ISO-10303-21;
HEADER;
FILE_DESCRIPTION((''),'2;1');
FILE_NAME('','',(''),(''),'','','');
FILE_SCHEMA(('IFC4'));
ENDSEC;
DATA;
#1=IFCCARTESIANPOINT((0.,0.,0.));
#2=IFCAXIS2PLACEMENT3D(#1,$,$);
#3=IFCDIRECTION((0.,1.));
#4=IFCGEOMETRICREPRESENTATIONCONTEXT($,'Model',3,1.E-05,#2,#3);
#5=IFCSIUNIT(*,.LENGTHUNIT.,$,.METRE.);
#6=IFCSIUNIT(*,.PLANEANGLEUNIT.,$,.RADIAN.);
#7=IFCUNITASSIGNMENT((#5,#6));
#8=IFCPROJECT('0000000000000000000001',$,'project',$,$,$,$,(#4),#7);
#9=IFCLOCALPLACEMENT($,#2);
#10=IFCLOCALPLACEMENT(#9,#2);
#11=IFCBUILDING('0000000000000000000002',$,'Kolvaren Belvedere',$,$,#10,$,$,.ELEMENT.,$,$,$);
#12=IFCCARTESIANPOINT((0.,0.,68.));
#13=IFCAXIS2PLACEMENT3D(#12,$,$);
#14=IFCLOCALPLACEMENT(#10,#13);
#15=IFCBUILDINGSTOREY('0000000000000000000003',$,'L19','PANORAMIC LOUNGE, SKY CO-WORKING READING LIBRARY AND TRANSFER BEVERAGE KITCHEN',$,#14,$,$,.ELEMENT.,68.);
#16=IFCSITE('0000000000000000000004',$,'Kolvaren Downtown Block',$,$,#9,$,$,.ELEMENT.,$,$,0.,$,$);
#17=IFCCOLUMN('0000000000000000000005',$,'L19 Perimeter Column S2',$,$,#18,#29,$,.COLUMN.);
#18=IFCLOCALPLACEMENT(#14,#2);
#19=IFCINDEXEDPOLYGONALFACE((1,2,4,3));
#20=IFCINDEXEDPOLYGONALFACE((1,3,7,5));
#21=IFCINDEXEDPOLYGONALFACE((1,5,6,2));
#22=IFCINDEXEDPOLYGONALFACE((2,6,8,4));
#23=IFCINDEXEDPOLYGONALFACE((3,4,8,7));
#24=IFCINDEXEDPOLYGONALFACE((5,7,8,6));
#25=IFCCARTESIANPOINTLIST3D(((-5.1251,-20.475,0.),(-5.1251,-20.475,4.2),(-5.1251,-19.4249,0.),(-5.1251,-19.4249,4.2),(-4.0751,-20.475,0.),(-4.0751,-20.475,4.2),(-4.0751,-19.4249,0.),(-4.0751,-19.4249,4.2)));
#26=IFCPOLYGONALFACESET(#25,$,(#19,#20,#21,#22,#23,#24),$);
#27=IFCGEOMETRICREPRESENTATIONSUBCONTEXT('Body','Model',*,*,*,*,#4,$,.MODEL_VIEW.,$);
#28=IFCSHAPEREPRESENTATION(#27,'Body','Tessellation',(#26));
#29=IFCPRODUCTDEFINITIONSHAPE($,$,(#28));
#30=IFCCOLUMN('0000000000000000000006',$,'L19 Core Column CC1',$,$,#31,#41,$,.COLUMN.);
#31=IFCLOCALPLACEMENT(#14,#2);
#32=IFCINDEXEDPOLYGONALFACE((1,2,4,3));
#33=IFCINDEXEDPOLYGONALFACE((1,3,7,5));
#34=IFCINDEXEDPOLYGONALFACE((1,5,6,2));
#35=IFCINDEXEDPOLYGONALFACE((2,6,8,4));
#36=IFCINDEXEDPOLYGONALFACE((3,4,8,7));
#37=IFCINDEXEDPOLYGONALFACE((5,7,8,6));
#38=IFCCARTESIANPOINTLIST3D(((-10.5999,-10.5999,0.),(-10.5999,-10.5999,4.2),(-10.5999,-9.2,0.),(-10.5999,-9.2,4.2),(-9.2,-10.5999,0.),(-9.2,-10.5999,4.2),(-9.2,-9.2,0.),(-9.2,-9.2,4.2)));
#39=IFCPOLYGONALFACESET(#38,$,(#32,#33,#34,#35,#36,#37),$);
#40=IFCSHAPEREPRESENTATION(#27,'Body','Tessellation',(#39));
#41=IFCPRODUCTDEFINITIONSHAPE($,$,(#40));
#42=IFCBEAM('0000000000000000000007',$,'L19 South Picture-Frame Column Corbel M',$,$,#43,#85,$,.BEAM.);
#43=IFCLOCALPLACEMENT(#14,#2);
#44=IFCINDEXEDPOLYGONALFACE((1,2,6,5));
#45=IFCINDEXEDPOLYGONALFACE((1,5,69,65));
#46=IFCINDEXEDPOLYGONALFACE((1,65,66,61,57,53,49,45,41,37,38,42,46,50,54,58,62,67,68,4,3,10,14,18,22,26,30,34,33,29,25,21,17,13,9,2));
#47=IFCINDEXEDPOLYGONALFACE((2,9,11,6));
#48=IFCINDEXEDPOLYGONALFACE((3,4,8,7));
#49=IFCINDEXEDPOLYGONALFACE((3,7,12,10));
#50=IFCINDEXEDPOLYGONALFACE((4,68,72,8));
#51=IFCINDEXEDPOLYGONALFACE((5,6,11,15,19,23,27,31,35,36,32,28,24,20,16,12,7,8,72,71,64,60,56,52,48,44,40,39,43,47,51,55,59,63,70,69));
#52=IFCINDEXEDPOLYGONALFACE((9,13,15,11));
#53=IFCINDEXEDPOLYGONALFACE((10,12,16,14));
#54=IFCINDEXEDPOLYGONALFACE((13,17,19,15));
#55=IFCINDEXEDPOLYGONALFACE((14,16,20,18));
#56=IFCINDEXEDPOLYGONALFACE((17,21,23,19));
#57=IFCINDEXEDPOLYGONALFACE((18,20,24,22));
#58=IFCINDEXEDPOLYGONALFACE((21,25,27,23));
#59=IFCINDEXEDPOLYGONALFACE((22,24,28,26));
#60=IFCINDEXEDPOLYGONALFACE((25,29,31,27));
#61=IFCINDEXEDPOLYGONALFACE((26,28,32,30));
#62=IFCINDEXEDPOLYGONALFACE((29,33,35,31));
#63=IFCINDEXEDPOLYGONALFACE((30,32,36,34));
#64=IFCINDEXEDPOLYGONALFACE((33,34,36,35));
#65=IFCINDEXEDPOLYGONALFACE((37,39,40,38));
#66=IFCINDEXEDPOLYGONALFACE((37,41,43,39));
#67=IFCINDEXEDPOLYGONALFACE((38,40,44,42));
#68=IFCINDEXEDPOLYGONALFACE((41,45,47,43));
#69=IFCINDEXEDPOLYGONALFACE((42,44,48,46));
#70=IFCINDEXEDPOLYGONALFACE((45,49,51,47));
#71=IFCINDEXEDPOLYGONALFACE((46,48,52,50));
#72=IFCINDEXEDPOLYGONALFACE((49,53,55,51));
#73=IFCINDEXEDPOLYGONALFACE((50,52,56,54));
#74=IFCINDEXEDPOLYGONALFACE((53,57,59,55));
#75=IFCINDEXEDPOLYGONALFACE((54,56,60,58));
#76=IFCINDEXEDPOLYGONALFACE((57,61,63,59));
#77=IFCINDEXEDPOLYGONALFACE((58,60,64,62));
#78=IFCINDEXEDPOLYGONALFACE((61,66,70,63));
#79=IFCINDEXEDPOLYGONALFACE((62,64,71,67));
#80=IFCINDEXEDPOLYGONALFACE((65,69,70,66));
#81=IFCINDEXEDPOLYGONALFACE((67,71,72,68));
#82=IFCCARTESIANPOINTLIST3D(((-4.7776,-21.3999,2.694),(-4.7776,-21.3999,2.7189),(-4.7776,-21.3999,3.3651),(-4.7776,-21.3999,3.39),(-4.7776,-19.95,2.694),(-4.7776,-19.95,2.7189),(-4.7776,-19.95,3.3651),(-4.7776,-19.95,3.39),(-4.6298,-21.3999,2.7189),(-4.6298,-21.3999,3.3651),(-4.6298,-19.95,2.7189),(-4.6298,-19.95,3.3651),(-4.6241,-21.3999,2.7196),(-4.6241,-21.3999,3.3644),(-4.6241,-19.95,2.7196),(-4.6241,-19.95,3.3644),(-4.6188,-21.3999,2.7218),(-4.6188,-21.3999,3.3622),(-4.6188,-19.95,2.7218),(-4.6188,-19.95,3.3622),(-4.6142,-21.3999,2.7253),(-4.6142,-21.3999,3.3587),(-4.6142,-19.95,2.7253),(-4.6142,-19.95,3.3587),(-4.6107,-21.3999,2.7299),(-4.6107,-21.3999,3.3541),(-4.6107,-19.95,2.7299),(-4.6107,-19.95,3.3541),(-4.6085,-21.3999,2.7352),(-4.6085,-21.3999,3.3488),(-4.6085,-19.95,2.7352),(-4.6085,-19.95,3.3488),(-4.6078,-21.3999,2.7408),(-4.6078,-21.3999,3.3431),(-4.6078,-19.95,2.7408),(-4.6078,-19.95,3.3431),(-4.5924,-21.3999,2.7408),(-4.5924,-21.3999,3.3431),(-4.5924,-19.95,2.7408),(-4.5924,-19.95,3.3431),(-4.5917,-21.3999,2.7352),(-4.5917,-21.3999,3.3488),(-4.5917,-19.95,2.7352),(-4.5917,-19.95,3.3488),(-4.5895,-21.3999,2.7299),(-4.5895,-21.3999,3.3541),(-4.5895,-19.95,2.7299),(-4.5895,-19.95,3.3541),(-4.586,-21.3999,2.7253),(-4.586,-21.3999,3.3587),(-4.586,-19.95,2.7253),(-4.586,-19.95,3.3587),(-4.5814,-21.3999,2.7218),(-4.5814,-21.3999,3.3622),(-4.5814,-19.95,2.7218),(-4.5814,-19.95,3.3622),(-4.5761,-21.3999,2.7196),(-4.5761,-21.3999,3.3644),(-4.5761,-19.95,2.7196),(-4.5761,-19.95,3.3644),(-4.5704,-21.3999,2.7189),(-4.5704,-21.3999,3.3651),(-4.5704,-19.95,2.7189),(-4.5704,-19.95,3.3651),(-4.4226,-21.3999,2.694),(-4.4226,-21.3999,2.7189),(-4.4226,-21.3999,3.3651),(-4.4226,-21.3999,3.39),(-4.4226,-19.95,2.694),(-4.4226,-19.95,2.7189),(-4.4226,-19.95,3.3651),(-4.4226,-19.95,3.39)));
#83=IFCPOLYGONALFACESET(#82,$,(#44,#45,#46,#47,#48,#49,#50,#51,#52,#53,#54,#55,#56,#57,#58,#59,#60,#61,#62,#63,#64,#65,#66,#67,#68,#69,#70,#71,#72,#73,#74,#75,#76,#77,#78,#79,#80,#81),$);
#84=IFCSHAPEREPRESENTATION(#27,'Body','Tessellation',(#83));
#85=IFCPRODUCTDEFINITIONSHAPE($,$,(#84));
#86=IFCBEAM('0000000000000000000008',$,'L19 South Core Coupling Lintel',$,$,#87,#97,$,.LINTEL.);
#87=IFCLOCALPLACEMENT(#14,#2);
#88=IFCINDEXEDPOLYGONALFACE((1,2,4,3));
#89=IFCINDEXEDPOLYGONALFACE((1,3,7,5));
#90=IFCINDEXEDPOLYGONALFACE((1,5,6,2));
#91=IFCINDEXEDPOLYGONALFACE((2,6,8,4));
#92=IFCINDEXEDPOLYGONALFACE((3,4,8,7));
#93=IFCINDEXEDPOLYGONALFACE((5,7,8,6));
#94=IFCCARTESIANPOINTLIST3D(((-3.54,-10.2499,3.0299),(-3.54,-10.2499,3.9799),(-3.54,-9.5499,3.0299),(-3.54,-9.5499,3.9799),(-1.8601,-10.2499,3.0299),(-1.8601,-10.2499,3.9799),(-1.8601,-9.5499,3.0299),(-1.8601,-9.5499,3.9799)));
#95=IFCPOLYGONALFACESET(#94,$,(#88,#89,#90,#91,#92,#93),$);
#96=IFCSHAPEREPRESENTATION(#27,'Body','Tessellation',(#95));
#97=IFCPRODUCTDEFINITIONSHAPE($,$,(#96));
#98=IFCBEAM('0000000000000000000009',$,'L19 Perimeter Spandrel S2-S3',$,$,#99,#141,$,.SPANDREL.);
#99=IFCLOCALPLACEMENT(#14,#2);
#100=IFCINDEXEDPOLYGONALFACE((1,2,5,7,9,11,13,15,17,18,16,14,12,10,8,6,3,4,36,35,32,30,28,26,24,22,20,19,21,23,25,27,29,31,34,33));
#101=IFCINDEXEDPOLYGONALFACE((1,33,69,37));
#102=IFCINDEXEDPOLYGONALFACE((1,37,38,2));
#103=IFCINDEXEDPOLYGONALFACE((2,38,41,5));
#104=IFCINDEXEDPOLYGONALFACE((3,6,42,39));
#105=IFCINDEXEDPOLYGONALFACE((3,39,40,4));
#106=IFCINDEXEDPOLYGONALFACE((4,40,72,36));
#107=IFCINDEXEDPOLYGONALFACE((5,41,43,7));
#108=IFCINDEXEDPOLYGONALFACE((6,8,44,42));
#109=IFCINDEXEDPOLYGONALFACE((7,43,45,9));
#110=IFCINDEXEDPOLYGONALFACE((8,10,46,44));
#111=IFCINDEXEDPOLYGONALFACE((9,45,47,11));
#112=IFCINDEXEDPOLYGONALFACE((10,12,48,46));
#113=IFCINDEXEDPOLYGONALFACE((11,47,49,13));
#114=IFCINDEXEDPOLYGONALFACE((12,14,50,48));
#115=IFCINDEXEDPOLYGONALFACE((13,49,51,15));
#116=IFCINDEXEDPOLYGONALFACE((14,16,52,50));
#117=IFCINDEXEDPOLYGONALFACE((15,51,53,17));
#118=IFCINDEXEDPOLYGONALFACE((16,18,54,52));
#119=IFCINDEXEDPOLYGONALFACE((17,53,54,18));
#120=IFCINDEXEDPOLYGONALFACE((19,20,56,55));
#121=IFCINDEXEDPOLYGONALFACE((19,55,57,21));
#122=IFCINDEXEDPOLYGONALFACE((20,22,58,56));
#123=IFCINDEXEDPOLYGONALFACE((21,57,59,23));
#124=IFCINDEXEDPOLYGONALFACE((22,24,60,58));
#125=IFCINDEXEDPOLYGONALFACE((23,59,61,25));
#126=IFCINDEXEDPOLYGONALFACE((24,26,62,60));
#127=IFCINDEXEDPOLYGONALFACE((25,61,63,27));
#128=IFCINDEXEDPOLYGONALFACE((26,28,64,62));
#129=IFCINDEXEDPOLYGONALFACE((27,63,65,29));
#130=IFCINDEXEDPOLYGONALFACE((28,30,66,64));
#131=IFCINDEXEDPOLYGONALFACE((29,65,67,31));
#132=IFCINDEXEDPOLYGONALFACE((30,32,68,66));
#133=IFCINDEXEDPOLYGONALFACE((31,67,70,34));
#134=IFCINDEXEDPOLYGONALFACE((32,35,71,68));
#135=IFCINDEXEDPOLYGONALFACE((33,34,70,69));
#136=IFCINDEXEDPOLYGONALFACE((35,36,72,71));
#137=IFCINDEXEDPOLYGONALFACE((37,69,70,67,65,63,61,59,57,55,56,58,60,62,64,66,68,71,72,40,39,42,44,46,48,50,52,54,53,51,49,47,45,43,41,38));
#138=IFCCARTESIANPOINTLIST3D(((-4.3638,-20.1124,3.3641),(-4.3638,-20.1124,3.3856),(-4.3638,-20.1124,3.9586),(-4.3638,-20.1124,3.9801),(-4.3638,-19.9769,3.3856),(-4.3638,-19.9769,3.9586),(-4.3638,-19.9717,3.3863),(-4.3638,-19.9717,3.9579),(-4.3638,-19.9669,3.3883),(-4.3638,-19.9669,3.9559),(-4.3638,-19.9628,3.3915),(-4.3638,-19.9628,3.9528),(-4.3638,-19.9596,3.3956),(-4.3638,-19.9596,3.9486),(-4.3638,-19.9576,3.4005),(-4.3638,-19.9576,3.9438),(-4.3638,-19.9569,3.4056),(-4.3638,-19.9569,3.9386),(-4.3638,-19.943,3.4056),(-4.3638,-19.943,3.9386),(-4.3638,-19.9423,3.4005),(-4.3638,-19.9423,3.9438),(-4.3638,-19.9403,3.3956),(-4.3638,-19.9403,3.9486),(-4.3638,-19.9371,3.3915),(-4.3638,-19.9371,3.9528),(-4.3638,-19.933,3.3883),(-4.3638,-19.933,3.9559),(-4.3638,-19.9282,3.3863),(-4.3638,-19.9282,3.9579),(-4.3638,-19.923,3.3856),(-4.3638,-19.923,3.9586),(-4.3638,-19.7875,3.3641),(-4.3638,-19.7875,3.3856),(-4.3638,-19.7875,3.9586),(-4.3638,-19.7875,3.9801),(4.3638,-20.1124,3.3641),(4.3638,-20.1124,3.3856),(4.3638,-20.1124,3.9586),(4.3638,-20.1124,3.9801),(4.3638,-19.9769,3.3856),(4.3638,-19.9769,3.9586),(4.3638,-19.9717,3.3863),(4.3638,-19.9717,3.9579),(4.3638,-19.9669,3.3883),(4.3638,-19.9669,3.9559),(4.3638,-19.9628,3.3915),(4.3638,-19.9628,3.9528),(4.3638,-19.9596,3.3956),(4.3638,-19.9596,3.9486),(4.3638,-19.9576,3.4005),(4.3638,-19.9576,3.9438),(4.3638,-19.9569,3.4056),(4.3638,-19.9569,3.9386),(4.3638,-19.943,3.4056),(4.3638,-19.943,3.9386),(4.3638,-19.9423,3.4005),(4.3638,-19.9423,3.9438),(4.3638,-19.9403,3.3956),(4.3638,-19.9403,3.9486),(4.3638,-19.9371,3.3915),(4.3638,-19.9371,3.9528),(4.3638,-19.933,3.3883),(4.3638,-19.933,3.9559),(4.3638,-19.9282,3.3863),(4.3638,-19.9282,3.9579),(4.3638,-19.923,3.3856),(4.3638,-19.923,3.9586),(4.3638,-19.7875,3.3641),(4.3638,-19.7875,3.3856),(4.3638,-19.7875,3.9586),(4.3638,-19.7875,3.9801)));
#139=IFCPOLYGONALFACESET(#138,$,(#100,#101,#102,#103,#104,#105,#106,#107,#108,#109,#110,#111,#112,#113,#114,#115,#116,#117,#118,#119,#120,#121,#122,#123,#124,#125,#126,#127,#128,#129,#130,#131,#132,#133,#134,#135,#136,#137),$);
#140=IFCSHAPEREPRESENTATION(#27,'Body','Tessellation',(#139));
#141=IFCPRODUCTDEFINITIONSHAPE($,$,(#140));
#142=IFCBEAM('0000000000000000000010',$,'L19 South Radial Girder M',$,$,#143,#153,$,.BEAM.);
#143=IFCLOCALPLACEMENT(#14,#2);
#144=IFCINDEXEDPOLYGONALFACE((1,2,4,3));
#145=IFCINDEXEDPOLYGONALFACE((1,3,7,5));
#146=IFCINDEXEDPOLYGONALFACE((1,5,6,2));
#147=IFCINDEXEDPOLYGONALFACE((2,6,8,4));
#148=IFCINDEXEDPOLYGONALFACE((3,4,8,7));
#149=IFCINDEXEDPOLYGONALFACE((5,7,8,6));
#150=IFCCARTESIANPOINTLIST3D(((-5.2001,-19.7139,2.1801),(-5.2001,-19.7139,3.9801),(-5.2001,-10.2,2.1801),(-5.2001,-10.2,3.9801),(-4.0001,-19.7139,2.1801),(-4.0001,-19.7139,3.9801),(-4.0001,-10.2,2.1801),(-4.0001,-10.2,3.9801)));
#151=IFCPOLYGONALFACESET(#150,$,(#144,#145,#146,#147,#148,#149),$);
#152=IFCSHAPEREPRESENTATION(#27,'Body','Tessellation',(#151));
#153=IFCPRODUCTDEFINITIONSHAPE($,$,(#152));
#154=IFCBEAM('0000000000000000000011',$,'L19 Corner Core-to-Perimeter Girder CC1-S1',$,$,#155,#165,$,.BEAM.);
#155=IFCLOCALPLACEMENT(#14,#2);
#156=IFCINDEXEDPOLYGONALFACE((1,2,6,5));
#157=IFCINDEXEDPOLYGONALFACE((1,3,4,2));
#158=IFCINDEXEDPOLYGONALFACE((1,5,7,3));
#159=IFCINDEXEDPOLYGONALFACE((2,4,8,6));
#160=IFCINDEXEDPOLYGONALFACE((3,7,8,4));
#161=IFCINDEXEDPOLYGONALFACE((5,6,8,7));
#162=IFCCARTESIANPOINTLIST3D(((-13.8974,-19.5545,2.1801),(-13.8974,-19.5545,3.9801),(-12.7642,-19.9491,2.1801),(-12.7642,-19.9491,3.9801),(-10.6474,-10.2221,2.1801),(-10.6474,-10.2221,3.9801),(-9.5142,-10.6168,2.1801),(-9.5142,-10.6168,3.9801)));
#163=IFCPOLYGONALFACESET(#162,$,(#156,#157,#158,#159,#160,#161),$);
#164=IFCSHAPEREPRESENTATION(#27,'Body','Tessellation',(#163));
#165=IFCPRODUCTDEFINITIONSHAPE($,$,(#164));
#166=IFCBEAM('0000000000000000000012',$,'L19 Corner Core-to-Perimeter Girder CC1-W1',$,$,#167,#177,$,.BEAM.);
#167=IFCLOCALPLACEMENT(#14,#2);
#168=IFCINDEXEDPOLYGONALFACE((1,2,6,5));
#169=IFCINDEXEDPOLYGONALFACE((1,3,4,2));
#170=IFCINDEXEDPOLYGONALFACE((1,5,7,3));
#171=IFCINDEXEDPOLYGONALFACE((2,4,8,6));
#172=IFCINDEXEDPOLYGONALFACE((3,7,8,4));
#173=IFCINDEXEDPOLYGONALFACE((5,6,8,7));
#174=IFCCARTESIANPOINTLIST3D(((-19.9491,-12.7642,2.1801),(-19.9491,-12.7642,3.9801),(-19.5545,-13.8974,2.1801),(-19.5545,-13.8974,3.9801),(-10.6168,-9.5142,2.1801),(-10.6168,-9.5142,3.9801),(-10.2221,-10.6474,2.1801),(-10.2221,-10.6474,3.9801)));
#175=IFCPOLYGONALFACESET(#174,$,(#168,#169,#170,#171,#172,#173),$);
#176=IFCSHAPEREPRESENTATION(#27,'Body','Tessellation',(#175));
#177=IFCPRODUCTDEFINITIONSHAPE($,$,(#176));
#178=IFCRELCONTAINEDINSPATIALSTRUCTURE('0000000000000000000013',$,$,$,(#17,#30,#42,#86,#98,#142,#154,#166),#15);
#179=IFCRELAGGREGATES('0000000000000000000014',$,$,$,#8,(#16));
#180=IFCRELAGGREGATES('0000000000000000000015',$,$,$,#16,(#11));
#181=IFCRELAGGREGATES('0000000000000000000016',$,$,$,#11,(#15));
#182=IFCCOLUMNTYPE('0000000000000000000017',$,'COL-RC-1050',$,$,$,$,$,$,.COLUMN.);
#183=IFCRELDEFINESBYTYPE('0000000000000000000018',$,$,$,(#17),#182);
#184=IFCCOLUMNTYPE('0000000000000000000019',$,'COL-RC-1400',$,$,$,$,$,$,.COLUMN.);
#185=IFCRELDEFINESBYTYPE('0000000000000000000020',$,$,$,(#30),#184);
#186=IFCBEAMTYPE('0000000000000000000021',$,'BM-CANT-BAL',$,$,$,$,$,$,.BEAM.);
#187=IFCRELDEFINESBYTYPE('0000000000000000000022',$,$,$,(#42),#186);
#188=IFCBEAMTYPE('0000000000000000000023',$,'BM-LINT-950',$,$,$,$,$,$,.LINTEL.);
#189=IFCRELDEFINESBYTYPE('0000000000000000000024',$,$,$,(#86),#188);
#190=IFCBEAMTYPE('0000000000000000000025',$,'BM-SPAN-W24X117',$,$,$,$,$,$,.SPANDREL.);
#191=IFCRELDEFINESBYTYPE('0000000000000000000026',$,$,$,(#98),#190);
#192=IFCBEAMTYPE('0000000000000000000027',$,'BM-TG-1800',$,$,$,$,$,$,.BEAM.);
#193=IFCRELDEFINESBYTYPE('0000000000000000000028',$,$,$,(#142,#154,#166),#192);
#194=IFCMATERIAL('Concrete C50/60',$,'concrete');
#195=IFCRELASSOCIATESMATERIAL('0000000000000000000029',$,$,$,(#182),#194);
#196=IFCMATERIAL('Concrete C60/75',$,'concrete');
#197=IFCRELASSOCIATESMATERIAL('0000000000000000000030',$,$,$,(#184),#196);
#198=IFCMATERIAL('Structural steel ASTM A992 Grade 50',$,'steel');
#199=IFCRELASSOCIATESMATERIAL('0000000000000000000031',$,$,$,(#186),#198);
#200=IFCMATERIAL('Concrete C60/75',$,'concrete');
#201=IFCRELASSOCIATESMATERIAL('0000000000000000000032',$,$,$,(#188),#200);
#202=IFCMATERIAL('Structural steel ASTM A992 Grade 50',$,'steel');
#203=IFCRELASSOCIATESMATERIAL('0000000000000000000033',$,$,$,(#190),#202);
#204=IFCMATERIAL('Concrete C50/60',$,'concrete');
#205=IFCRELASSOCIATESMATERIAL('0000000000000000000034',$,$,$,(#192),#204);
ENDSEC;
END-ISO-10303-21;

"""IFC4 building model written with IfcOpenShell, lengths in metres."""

from ifc_helpers import new_model, si_unit, direction, frame, origin, origin_2d, place, context, subcontext, project, spatial, rectangle, i_section, extrude, material, material_profile, profile_set, type_object, element, save


model = new_model("IFC4")

# Units and contexts
model_context = context("Model", 3, precision=1e-05, world=origin(), true_north=direction((0.0, 1.0)))
body_context = subcontext(model_context, "Body", "Model", "MODEL_VIEW")
ifc_project = project(units=[si_unit("LENGTHUNIT", "METRE"), si_unit("PLANEANGLEUNIT", "RADIAN")], contexts=[model_context])

# Site, building, storey
site_placement = place(None, origin())
site = spatial("IfcSite", under=ifc_project, at=site_placement, Name="Kolvaren Downtown Block", CompositionType="ELEMENT", RefElevation=0.0)
building_placement = place(site_placement, origin())
building = spatial("IfcBuilding", under=site, at=building_placement, Name="Kolvaren Belvedere", CompositionType="ELEMENT")
storey_placement = place(building_placement, frame((0.0, 0.0, 68.0)))
storey = spatial("IfcBuildingStorey", under=building, at=storey_placement, Name="L19", Description="PANORAMIC LOUNGE, SKY CO-WORKING READING LIBRARY AND TRANSFER BEVERAGE KITCHEN", CompositionType="ELEMENT", Elevation=68.0)

# Columns
ifc_material_1 = material(Name="Concrete C50/60", Category="concrete")
ifc_material_profile_1 = material_profile(ifc_material_1, rectangle(XDim=1.05, YDim=1.05, at=origin_2d()), Name="RC 1050X1050")
ifc_profile_set_1 = profile_set([ifc_material_profile_1], Name="Concrete C50/60")
column_type_1 = type_object("IfcColumnType", Name="COL-RC-1050", PredefinedType="COLUMN", material=ifc_profile_set_1)
column_1_placement = place(storey_placement, frame((-4.6001, -19.95, 0.0), z_axis=(0.0, 0.0, 1.0), x_axis=(1.0, 0.0, 0.0)))
element("IfcColumn", 1, at=column_1_placement, inside=storey, type_object=column_type_1, Name="L19 Perimeter Column S2", PredefinedType="COLUMN", context=body_context, shape_type="SweptSolid", body=[
    extrude(rectangle(XDim=1.05, YDim=1.05, at=origin_2d()), origin(), (0.0, 0.0, 1.0), 4.2),
])
ifc_material_2 = material(Name="Concrete C60/75", Category="concrete")
ifc_material_profile_2 = material_profile(ifc_material_2, rectangle(XDim=1.3999, YDim=1.3999, at=origin_2d()), Name="RC 1400X1400")
ifc_profile_set_2 = profile_set([ifc_material_profile_2], Name="Concrete C60/75")
column_type_2 = type_object("IfcColumnType", Name="COL-RC-1400", PredefinedType="COLUMN", material=ifc_profile_set_2)
column_2_placement = place(storey_placement, frame((-9.8999, -9.8999, 0.0), z_axis=(0.0, 0.0, 1.0), x_axis=(1.0, 0.0, 0.0)))
element("IfcColumn", 2, at=column_2_placement, inside=storey, type_object=column_type_2, Name="L19 Core Column CC1", PredefinedType="COLUMN", context=body_context, shape_type="SweptSolid", body=[
    extrude(rectangle(XDim=1.3999, YDim=1.3999, at=origin_2d()), origin(), (0.0, 0.0, 1.0), 4.2),
])

# Beams
ifc_material_3 = material(Name="Structural steel ASTM A992 Grade 50", Category="steel")
ifc_material_profile_3 = material_profile(ifc_material_3, i_section(OverallWidth=0.355, OverallDepth=0.696, WebThickness=0.0154, FlangeThickness=0.0249, FilletRadius=0.022, at=origin_2d()), Name="W27X146")
ifc_profile_set_3 = profile_set([ifc_material_profile_3], Name="Structural steel ASTM A992 Grade 50")
beam_type_1 = type_object("IfcBeamType", Name="BM-CANT-BAL", PredefinedType="BEAM", material=ifc_profile_set_3)
beam_1_placement = place(storey_placement, frame((-4.6001, -19.95, 3.042), z_axis=(0.0, -1.0, 0.0), x_axis=(1.0, 0.0, 0.0)))
element("IfcBeam", 3, at=beam_1_placement, inside=storey, type_object=beam_type_1, Name="L19 South Picture-Frame Column Corbel M", PredefinedType="BEAM", context=body_context, shape_type="SweptSolid", body=[
    extrude(i_section(OverallWidth=0.355, OverallDepth=0.696, WebThickness=0.0154, FlangeThickness=0.0249, FilletRadius=0.022, at=origin_2d()), origin(), (0.0, 0.0, 1.0), 1.45),
])
ifc_material_4 = material(Name="Concrete C60/75", Category="concrete")
ifc_material_profile_4 = material_profile(ifc_material_4, rectangle(XDim=0.7, YDim=0.95, at=origin_2d()), Name="RC 700X950")
ifc_profile_set_4 = profile_set([ifc_material_profile_4], Name="Concrete C60/75")
beam_type_2 = type_object("IfcBeamType", Name="BM-LINT-950", PredefinedType="LINTEL", material=ifc_profile_set_4)
beam_2_placement = place(storey_placement, frame((-3.54, -9.8999, 3.5049), z_axis=(1.0, 0.0, 0.0), x_axis=(0.0, 1.0, 0.0)))
element("IfcBeam", 4, at=beam_2_placement, inside=storey, type_object=beam_type_2, Name="L19 South Core Coupling Lintel", PredefinedType="LINTEL", context=body_context, shape_type="SweptSolid", body=[
    extrude(rectangle(XDim=0.7, YDim=0.95, at=origin_2d()), origin(), (0.0, 0.0, 1.0), 1.6799),
])
ifc_material_5 = material(Name="Structural steel ASTM A992 Grade 50", Category="steel")
ifc_material_profile_5 = material_profile(ifc_material_5, i_section(OverallWidth=0.325, OverallDepth=0.616, WebThickness=0.0139, FlangeThickness=0.0215, FilletRadius=0.02, at=origin_2d()), Name="W24X117")
ifc_profile_set_5 = profile_set([ifc_material_profile_5], Name="Structural steel ASTM A992 Grade 50")
beam_type_3 = type_object("IfcBeamType", Name="BM-SPAN-W24X117", PredefinedType="SPANDREL", material=ifc_profile_set_5)
beam_3_placement = place(storey_placement, frame((-4.3638, -19.95, 3.6721), z_axis=(1.0, 0.0, 0.0), x_axis=(0.0, 1.0, 0.0)))
element("IfcBeam", 5, at=beam_3_placement, inside=storey, type_object=beam_type_3, Name="L19 Perimeter Spandrel S2-S3", PredefinedType="SPANDREL", context=body_context, shape_type="SweptSolid", body=[
    extrude(i_section(OverallWidth=0.325, OverallDepth=0.616, WebThickness=0.0139, FlangeThickness=0.0215, FilletRadius=0.02, at=origin_2d()), origin(), (0.0, 0.0, 1.0), 8.7275),
])
ifc_material_6 = material(Name="Concrete C50/60", Category="concrete")
ifc_material_profile_6 = material_profile(ifc_material_6, rectangle(XDim=1.2, YDim=1.8, at=origin_2d()), Name="RC 1200X1800")
ifc_profile_set_6 = profile_set([ifc_material_profile_6], Name="Concrete C50/60")
beam_type_4 = type_object("IfcBeamType", Name="BM-TG-1800", PredefinedType="BEAM", material=ifc_profile_set_6)
beam_4_placement = place(storey_placement, frame((-4.6001, -10.2, 3.0801), z_axis=(0.0, -1.0, 0.0), x_axis=(1.0, 0.0, 0.0)))
element("IfcBeam", 6, at=beam_4_placement, inside=storey, type_object=beam_type_4, Name="L19 South Radial Girder M", PredefinedType="BEAM", context=body_context, shape_type="SweptSolid", body=[
    extrude(rectangle(XDim=1.2, YDim=1.8, at=origin_2d()), origin(), (0.0, 0.0, 1.0), 9.5139),
])
for number, where, z_axis, x_axis, name in (
    (7, (-10.0808, -10.4194, 3.0801), (-0.328881, -0.944371, 0.0), (0.944371, -0.328881, 0.0), "L19 Corner Core-to-Perimeter Girder CC1-S1"),
    (8, (-10.4194, -10.0808, 3.0801), (-0.944371, -0.328881, 0.0), (0.328881, -0.944371, 0.0), "L19 Corner Core-to-Perimeter Girder CC1-W1"),
):
    element("IfcBeam", number, at=place(storey_placement, frame(where, z_axis=z_axis, x_axis=x_axis)), inside=storey, type_object=beam_type_4, Name=name, PredefinedType="BEAM", context=body_context, shape_type="SweptSolid", body=[
        extrude(rectangle(XDim=1.2, YDim=1.8, at=origin_2d()), origin(), (0.0, 0.0, 1.0), 9.8821),
    ])

save(model, "model.ifc")
